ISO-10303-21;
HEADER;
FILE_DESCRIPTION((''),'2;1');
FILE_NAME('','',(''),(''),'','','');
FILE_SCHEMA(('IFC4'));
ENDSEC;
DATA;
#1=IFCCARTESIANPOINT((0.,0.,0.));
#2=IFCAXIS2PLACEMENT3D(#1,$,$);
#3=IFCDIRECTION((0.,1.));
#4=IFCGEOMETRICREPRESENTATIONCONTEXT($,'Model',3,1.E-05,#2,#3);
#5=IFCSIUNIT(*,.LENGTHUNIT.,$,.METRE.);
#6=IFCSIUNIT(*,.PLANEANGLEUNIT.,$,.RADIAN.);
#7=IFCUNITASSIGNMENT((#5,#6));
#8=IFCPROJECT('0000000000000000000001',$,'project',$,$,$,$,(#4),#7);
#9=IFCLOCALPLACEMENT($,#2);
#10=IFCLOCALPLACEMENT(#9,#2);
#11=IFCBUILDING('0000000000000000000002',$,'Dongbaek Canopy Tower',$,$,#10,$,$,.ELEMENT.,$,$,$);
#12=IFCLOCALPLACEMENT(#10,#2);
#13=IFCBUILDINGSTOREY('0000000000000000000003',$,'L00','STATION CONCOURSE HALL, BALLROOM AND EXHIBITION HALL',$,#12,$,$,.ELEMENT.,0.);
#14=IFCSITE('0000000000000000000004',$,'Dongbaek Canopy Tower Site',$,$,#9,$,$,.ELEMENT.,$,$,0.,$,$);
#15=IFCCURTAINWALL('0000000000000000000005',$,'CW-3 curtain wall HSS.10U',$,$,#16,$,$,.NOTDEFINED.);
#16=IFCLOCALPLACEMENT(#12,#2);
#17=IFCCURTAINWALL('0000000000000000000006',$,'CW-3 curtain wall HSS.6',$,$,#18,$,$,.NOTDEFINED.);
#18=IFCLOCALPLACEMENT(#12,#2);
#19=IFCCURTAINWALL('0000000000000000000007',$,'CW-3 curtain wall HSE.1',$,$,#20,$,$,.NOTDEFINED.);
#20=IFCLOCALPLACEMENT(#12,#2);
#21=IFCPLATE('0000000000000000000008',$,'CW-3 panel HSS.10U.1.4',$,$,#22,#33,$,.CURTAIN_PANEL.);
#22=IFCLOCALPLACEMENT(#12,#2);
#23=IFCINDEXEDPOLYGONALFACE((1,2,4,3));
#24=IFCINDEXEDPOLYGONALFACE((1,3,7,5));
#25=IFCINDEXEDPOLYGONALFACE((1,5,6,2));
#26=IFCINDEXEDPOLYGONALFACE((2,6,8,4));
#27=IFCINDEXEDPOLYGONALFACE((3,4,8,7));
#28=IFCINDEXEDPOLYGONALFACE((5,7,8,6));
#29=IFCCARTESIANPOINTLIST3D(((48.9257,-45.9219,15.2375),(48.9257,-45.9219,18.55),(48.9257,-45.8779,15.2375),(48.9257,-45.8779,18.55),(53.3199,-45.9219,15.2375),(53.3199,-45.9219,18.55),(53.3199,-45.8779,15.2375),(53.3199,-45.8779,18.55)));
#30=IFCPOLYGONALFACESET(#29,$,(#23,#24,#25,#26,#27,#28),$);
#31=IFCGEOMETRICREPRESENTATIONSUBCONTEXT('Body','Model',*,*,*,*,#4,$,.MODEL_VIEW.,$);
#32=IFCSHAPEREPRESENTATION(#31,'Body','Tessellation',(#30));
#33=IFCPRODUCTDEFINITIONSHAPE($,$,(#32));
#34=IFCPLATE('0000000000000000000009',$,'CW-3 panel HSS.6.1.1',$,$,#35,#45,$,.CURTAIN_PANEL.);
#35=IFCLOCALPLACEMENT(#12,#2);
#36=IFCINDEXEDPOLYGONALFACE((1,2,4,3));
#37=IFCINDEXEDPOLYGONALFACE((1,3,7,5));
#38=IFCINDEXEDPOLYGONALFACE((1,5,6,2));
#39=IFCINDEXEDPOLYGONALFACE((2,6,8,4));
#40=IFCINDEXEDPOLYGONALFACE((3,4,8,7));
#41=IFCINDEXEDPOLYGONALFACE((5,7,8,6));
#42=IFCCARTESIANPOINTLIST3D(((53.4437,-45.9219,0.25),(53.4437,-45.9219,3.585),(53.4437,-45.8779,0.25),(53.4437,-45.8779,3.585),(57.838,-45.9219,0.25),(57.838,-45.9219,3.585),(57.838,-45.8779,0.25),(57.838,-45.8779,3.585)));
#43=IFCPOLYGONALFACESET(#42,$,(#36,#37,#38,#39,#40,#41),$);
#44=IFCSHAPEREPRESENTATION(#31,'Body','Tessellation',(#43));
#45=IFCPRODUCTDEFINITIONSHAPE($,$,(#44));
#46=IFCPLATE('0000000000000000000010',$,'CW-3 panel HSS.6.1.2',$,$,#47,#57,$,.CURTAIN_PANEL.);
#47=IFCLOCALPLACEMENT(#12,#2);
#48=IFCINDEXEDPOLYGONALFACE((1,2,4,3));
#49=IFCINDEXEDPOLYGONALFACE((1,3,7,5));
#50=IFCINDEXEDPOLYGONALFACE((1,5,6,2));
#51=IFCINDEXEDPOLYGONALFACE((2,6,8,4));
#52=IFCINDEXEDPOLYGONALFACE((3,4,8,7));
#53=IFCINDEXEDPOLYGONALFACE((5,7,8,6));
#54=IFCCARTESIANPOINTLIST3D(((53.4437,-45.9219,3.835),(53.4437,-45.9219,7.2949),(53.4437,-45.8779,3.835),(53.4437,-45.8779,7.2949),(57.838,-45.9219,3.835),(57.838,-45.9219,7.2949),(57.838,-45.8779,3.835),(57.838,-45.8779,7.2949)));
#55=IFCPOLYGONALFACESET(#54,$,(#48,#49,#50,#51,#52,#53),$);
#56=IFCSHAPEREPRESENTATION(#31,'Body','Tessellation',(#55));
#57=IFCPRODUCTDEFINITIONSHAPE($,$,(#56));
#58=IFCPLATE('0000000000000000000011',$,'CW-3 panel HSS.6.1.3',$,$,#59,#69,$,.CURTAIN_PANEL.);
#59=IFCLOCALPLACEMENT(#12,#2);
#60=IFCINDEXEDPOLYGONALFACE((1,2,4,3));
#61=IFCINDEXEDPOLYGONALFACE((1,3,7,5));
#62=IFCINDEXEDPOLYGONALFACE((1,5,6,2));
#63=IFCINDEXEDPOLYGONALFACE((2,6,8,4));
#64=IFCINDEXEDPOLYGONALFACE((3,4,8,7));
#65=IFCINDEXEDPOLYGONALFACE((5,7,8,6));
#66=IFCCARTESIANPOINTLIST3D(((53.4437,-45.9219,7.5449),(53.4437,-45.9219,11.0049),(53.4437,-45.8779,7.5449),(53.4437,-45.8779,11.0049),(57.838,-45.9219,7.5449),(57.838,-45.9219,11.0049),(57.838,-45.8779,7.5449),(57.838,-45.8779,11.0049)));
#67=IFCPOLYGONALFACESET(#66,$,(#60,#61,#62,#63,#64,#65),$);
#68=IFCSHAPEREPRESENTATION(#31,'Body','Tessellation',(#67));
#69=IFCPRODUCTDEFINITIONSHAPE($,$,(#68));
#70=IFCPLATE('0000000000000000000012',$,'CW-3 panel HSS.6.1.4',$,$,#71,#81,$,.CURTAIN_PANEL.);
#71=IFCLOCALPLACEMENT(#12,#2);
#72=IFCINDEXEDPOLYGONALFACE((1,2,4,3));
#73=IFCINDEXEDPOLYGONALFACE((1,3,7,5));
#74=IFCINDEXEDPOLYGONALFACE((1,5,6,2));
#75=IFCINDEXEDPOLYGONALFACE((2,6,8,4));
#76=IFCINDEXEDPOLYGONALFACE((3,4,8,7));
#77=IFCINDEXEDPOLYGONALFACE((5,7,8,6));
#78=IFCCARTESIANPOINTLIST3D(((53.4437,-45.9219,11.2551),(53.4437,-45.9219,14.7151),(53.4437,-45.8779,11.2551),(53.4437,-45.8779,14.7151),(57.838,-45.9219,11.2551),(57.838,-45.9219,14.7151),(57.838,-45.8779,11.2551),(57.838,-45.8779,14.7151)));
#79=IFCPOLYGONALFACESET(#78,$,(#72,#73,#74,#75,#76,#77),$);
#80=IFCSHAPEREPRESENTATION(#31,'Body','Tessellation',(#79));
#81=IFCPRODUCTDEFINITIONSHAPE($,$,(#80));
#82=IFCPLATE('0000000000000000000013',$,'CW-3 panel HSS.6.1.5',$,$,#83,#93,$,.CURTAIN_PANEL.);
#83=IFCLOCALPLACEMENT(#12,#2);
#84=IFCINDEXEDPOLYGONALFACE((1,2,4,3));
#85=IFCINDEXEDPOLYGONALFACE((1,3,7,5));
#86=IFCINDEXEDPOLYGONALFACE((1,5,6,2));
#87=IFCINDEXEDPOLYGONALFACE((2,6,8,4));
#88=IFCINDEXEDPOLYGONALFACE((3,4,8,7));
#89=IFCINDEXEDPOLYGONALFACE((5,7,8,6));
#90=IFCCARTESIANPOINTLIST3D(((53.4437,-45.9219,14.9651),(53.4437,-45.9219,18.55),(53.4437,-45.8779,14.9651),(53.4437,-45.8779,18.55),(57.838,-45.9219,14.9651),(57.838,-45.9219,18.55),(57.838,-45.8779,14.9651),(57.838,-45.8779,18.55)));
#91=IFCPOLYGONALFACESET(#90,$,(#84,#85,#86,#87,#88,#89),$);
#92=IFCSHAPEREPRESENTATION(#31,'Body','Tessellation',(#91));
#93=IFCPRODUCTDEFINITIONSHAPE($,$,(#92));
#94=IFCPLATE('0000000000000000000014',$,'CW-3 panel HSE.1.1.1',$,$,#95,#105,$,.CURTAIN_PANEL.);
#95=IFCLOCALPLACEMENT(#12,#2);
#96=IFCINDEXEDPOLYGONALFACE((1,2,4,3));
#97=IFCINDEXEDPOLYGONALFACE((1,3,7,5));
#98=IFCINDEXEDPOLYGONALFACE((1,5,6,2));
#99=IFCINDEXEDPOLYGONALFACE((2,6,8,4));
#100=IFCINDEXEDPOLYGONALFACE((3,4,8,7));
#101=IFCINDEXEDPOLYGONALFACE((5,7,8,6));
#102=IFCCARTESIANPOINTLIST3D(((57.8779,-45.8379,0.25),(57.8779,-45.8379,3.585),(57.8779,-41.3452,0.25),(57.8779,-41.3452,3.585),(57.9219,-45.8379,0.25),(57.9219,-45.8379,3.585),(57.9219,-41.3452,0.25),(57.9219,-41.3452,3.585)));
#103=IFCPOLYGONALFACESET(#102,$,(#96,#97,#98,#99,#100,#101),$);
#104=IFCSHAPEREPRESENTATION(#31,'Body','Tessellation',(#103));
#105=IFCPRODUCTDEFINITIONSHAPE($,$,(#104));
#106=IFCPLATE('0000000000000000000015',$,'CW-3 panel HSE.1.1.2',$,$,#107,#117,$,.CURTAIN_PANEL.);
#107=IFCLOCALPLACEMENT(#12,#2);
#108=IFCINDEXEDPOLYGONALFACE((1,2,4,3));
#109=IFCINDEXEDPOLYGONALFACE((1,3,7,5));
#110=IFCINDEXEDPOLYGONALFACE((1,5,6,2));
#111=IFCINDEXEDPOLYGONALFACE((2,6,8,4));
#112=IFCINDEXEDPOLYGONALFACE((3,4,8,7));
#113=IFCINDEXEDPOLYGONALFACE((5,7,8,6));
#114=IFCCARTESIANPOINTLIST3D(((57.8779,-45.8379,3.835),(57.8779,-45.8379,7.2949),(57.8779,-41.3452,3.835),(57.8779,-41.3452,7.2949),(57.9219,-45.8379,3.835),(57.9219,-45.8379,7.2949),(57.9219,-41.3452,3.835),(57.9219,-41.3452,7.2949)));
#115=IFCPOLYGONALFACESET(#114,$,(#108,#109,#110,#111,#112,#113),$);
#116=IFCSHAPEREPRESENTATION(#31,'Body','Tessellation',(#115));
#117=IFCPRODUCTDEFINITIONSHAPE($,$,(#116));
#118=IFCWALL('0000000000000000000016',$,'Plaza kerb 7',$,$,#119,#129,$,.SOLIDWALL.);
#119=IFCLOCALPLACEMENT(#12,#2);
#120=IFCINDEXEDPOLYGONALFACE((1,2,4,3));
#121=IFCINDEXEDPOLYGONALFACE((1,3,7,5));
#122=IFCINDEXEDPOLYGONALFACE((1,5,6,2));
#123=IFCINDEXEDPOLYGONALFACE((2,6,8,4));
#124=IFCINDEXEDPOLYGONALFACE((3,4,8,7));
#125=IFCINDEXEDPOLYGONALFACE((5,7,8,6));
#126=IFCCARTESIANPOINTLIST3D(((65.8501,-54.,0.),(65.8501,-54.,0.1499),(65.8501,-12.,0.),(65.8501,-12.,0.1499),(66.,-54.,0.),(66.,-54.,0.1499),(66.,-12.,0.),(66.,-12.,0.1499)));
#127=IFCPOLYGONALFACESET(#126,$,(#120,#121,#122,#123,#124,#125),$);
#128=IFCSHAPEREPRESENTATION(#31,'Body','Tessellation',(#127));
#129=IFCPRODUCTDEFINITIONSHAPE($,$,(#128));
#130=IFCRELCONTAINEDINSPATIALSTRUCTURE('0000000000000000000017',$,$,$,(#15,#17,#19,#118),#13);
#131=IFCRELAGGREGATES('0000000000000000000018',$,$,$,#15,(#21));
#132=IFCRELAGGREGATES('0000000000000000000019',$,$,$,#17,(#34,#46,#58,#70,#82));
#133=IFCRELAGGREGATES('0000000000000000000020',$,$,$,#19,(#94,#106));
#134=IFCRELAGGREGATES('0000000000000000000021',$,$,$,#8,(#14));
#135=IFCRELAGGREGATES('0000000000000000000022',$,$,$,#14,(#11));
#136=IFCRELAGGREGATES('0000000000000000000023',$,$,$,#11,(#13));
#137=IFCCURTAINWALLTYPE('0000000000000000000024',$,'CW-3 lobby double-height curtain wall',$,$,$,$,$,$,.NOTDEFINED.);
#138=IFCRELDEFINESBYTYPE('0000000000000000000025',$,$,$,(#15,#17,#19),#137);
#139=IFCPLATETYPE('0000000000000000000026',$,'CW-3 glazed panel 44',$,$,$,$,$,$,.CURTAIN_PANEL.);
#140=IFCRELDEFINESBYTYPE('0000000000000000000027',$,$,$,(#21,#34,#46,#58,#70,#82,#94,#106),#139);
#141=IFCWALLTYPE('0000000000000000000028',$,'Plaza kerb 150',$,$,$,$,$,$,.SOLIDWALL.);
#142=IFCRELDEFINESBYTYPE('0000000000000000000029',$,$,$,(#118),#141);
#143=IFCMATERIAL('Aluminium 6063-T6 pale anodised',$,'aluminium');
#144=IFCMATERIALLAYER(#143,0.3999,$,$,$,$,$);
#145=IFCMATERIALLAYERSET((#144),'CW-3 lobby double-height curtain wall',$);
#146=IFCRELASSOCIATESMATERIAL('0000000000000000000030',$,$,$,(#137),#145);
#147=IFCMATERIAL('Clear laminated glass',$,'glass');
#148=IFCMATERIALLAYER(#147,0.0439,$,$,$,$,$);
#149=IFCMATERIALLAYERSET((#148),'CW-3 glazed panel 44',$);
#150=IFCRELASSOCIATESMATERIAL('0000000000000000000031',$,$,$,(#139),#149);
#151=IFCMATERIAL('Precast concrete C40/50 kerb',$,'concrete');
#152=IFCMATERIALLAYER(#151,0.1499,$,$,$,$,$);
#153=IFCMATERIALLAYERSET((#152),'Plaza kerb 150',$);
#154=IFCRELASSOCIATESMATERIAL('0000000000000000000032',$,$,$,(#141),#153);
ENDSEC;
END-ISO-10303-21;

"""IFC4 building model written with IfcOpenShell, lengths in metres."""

from ifc_helpers import new_model, si_unit, direction, frame, frame_2d, origin, origin_2d, place, context, subcontext, project, spatial, rectangle, extrude, material, layer, layer_set, type_object, element, aggregate, save


model = new_model("IFC4")

# Units and contexts
model_context = context("Model", 3, precision=1e-05, world=origin(), true_north=direction((0.0, 1.0)))
body_context = subcontext(model_context, "Body", "Model", "MODEL_VIEW")
ifc_project = project(units=[si_unit("LENGTHUNIT", "METRE"), si_unit("PLANEANGLEUNIT", "RADIAN")], contexts=[model_context])

# Site, building, storey
site_placement = place(None, origin())
site = spatial("IfcSite", under=ifc_project, at=site_placement, Name="Dongbaek Canopy Tower Site", CompositionType="ELEMENT", RefElevation=0.0)
building_placement = place(site_placement, origin())
building = spatial("IfcBuilding", under=site, at=building_placement, Name="Dongbaek Canopy Tower", CompositionType="ELEMENT")
storey_placement = place(building_placement, origin())
storey = spatial("IfcBuildingStorey", under=building, at=storey_placement, Name="L00", Description="STATION CONCOURSE HALL, BALLROOM AND EXHIBITION HALL", CompositionType="ELEMENT", Elevation=0.0)

# Curtain wall
ifc_material_1 = material(Name="Aluminium 6063-T6 pale anodised", Category="aluminium")
ifc_layer_1 = layer(ifc_material_1, 0.3999)
ifc_layer_set_1 = layer_set([ifc_layer_1], Name="CW-3 lobby double-height curtain wall")
curtain_wall_type = type_object("IfcCurtainWallType", Name="CW-3 lobby double-height curtain wall", PredefinedType="NOTDEFINED", material=ifc_layer_set_1)
curtain_wall_1_placement = place(storey_placement, origin())
curtain_wall_1 = element("IfcCurtainWall", 1, at=curtain_wall_1_placement, inside=storey, type_object=curtain_wall_type, Name="CW-3 curtain wall HSS.10U", PredefinedType="NOTDEFINED")

# Curtain walls
curtain_wall_2_placement = place(storey_placement, origin())
curtain_wall_2 = element("IfcCurtainWall", 2, at=curtain_wall_2_placement, inside=storey, type_object=curtain_wall_type, Name="CW-3 curtain wall HSS.6", PredefinedType="NOTDEFINED")
curtain_wall_3_placement = place(storey_placement, origin())
curtain_wall_3 = element("IfcCurtainWall", 3, at=curtain_wall_3_placement, inside=storey, type_object=curtain_wall_type, Name="CW-3 curtain wall HSE.1", PredefinedType="NOTDEFINED")

# Plates
ifc_material_2 = material(Name="Clear laminated glass", Category="glass")
ifc_layer_2 = layer(ifc_material_2, 0.0439)
ifc_layer_set_2 = layer_set([ifc_layer_2], Name="CW-3 glazed panel 44")
plate_type = type_object("IfcPlateType", Name="CW-3 glazed panel 44", PredefinedType="CURTAIN_PANEL", material=ifc_layer_set_2)
plate_1_placement = place(storey_placement, frame((51.1228, -45.8999, 15.2375), z_axis=(0.0, 0.0, 1.0), x_axis=(1.0, 0.0, 0.0)))
plate_1 = element("IfcPlate", 4, at=plate_1_placement, type_object=plate_type, Name="CW-3 panel HSS.10U.1.4", PredefinedType="CURTAIN_PANEL", context=body_context, shape_type="SweptSolid", body=[
    extrude(rectangle(XDim=4.3943, YDim=0.0439, at=origin_2d()), origin(), (0.0, 0.0, 1.0), 3.3125),
])
aggregate(curtain_wall_1, [plate_1])
plate_2_placement = place(storey_placement, frame((55.6409, -45.8999, 0.25), z_axis=(0.0, 0.0, 1.0), x_axis=(1.0, 0.0, 0.0)))
plate_2 = element("IfcPlate", 5, at=plate_2_placement, type_object=plate_type, Name="CW-3 panel HSS.6.1.1", PredefinedType="CURTAIN_PANEL", context=body_context, shape_type="SweptSolid", body=[
    extrude(rectangle(XDim=4.3943, YDim=0.0439, at=origin_2d()), origin(), (0.0, 0.0, 1.0), 3.335),
])
plate_3_placement = place(storey_placement, frame((55.6409, -45.8999, 3.835), z_axis=(0.0, 0.0, 1.0), x_axis=(1.0, 0.0, 0.0)))
plate_3 = element("IfcPlate", 6, at=plate_3_placement, type_object=plate_type, Name="CW-3 panel HSS.6.1.2", PredefinedType="CURTAIN_PANEL", context=body_context, shape_type="SweptSolid", body=[
    extrude(rectangle(XDim=4.3943, YDim=0.0439, at=origin_2d()), origin(), (0.0, 0.0, 1.0), 3.46),
])
plate_4_placement = place(storey_placement, frame((55.6409, -45.8999, 7.5449), z_axis=(0.0, 0.0, 1.0), x_axis=(1.0, 0.0, 0.0)))
plate_4 = element("IfcPlate", 7, at=plate_4_placement, type_object=plate_type, Name="CW-3 panel HSS.6.1.3", PredefinedType="CURTAIN_PANEL", context=body_context, shape_type="SweptSolid", body=[
    extrude(rectangle(XDim=4.3943, YDim=0.0439, at=origin_2d()), origin(), (0.0, 0.0, 1.0), 3.46),
])
plate_5_placement = place(storey_placement, frame((55.6409, -45.8999, 11.2551), z_axis=(0.0, 0.0, 1.0), x_axis=(1.0, 0.0, 0.0)))
plate_5 = element("IfcPlate", 8, at=plate_5_placement, type_object=plate_type, Name="CW-3 panel HSS.6.1.4", PredefinedType="CURTAIN_PANEL", context=body_context, shape_type="SweptSolid", body=[
    extrude(rectangle(XDim=4.3943, YDim=0.0439, at=origin_2d()), origin(), (0.0, 0.0, 1.0), 3.46),
])
plate_6_placement = place(storey_placement, frame((55.6409, -45.8999, 14.9651), z_axis=(0.0, 0.0, 1.0), x_axis=(1.0, 0.0, 0.0)))
plate_6 = element("IfcPlate", 9, at=plate_6_placement, type_object=plate_type, Name="CW-3 panel HSS.6.1.5", PredefinedType="CURTAIN_PANEL", context=body_context, shape_type="SweptSolid", body=[
    extrude(rectangle(XDim=4.3943, YDim=0.0439, at=origin_2d()), origin(), (0.0, 0.0, 1.0), 3.585),
])
aggregate(curtain_wall_2, [plate_2, plate_3, plate_4, plate_5, plate_6])
plate_7_placement = place(storey_placement, frame((57.8999, -43.5916, 0.25), z_axis=(0.0, 0.0, 1.0), x_axis=(0.0, 1.0, 0.0)))
plate_7 = element("IfcPlate", 10, at=plate_7_placement, type_object=plate_type, Name="CW-3 panel HSE.1.1.1", PredefinedType="CURTAIN_PANEL", context=body_context, shape_type="SweptSolid", body=[
    extrude(rectangle(XDim=4.4927, YDim=0.0439, at=origin_2d()), origin(), (0.0, 0.0, 1.0), 3.335),
])
plate_8_placement = place(storey_placement, frame((57.8999, -43.5916, 3.835), z_axis=(0.0, 0.0, 1.0), x_axis=(0.0, 1.0, 0.0)))
plate_8 = element("IfcPlate", 11, at=plate_8_placement, type_object=plate_type, Name="CW-3 panel HSE.1.1.2", PredefinedType="CURTAIN_PANEL", context=body_context, shape_type="SweptSolid", body=[
    extrude(rectangle(XDim=4.4927, YDim=0.0439, at=origin_2d()), origin(), (0.0, 0.0, 1.0), 3.46),
])
aggregate(curtain_wall_3, [plate_7, plate_8])

# Wall
ifc_material_3 = material(Name="Precast concrete C40/50 kerb", Category="concrete")
ifc_layer_3 = layer(ifc_material_3, 0.1499)
ifc_layer_set_3 = layer_set([ifc_layer_3], Name="Plaza kerb 150")
wall_type_1 = type_object("IfcWallType", Name="Plaza kerb 150", PredefinedType="SOLIDWALL", material=ifc_layer_set_3)
wall_1_placement = place(storey_placement, frame((65.925, -54.0, 0.0), z_axis=(0.0, 0.0, 1.0), x_axis=(0.0, 1.0, 0.0)))
element("IfcWall", 12, at=wall_1_placement, inside=storey, type_object=wall_type_1, Name="Plaza kerb 7", PredefinedType="SOLIDWALL", context=body_context, shape_type="SweptSolid", body=[
    extrude(rectangle(XDim=42.0, YDim=0.1499, at=frame_2d((21.0, 0.0))), origin(), (0.0, 0.0, 1.0), 0.1499),
])

save(model, "model.ifc")
